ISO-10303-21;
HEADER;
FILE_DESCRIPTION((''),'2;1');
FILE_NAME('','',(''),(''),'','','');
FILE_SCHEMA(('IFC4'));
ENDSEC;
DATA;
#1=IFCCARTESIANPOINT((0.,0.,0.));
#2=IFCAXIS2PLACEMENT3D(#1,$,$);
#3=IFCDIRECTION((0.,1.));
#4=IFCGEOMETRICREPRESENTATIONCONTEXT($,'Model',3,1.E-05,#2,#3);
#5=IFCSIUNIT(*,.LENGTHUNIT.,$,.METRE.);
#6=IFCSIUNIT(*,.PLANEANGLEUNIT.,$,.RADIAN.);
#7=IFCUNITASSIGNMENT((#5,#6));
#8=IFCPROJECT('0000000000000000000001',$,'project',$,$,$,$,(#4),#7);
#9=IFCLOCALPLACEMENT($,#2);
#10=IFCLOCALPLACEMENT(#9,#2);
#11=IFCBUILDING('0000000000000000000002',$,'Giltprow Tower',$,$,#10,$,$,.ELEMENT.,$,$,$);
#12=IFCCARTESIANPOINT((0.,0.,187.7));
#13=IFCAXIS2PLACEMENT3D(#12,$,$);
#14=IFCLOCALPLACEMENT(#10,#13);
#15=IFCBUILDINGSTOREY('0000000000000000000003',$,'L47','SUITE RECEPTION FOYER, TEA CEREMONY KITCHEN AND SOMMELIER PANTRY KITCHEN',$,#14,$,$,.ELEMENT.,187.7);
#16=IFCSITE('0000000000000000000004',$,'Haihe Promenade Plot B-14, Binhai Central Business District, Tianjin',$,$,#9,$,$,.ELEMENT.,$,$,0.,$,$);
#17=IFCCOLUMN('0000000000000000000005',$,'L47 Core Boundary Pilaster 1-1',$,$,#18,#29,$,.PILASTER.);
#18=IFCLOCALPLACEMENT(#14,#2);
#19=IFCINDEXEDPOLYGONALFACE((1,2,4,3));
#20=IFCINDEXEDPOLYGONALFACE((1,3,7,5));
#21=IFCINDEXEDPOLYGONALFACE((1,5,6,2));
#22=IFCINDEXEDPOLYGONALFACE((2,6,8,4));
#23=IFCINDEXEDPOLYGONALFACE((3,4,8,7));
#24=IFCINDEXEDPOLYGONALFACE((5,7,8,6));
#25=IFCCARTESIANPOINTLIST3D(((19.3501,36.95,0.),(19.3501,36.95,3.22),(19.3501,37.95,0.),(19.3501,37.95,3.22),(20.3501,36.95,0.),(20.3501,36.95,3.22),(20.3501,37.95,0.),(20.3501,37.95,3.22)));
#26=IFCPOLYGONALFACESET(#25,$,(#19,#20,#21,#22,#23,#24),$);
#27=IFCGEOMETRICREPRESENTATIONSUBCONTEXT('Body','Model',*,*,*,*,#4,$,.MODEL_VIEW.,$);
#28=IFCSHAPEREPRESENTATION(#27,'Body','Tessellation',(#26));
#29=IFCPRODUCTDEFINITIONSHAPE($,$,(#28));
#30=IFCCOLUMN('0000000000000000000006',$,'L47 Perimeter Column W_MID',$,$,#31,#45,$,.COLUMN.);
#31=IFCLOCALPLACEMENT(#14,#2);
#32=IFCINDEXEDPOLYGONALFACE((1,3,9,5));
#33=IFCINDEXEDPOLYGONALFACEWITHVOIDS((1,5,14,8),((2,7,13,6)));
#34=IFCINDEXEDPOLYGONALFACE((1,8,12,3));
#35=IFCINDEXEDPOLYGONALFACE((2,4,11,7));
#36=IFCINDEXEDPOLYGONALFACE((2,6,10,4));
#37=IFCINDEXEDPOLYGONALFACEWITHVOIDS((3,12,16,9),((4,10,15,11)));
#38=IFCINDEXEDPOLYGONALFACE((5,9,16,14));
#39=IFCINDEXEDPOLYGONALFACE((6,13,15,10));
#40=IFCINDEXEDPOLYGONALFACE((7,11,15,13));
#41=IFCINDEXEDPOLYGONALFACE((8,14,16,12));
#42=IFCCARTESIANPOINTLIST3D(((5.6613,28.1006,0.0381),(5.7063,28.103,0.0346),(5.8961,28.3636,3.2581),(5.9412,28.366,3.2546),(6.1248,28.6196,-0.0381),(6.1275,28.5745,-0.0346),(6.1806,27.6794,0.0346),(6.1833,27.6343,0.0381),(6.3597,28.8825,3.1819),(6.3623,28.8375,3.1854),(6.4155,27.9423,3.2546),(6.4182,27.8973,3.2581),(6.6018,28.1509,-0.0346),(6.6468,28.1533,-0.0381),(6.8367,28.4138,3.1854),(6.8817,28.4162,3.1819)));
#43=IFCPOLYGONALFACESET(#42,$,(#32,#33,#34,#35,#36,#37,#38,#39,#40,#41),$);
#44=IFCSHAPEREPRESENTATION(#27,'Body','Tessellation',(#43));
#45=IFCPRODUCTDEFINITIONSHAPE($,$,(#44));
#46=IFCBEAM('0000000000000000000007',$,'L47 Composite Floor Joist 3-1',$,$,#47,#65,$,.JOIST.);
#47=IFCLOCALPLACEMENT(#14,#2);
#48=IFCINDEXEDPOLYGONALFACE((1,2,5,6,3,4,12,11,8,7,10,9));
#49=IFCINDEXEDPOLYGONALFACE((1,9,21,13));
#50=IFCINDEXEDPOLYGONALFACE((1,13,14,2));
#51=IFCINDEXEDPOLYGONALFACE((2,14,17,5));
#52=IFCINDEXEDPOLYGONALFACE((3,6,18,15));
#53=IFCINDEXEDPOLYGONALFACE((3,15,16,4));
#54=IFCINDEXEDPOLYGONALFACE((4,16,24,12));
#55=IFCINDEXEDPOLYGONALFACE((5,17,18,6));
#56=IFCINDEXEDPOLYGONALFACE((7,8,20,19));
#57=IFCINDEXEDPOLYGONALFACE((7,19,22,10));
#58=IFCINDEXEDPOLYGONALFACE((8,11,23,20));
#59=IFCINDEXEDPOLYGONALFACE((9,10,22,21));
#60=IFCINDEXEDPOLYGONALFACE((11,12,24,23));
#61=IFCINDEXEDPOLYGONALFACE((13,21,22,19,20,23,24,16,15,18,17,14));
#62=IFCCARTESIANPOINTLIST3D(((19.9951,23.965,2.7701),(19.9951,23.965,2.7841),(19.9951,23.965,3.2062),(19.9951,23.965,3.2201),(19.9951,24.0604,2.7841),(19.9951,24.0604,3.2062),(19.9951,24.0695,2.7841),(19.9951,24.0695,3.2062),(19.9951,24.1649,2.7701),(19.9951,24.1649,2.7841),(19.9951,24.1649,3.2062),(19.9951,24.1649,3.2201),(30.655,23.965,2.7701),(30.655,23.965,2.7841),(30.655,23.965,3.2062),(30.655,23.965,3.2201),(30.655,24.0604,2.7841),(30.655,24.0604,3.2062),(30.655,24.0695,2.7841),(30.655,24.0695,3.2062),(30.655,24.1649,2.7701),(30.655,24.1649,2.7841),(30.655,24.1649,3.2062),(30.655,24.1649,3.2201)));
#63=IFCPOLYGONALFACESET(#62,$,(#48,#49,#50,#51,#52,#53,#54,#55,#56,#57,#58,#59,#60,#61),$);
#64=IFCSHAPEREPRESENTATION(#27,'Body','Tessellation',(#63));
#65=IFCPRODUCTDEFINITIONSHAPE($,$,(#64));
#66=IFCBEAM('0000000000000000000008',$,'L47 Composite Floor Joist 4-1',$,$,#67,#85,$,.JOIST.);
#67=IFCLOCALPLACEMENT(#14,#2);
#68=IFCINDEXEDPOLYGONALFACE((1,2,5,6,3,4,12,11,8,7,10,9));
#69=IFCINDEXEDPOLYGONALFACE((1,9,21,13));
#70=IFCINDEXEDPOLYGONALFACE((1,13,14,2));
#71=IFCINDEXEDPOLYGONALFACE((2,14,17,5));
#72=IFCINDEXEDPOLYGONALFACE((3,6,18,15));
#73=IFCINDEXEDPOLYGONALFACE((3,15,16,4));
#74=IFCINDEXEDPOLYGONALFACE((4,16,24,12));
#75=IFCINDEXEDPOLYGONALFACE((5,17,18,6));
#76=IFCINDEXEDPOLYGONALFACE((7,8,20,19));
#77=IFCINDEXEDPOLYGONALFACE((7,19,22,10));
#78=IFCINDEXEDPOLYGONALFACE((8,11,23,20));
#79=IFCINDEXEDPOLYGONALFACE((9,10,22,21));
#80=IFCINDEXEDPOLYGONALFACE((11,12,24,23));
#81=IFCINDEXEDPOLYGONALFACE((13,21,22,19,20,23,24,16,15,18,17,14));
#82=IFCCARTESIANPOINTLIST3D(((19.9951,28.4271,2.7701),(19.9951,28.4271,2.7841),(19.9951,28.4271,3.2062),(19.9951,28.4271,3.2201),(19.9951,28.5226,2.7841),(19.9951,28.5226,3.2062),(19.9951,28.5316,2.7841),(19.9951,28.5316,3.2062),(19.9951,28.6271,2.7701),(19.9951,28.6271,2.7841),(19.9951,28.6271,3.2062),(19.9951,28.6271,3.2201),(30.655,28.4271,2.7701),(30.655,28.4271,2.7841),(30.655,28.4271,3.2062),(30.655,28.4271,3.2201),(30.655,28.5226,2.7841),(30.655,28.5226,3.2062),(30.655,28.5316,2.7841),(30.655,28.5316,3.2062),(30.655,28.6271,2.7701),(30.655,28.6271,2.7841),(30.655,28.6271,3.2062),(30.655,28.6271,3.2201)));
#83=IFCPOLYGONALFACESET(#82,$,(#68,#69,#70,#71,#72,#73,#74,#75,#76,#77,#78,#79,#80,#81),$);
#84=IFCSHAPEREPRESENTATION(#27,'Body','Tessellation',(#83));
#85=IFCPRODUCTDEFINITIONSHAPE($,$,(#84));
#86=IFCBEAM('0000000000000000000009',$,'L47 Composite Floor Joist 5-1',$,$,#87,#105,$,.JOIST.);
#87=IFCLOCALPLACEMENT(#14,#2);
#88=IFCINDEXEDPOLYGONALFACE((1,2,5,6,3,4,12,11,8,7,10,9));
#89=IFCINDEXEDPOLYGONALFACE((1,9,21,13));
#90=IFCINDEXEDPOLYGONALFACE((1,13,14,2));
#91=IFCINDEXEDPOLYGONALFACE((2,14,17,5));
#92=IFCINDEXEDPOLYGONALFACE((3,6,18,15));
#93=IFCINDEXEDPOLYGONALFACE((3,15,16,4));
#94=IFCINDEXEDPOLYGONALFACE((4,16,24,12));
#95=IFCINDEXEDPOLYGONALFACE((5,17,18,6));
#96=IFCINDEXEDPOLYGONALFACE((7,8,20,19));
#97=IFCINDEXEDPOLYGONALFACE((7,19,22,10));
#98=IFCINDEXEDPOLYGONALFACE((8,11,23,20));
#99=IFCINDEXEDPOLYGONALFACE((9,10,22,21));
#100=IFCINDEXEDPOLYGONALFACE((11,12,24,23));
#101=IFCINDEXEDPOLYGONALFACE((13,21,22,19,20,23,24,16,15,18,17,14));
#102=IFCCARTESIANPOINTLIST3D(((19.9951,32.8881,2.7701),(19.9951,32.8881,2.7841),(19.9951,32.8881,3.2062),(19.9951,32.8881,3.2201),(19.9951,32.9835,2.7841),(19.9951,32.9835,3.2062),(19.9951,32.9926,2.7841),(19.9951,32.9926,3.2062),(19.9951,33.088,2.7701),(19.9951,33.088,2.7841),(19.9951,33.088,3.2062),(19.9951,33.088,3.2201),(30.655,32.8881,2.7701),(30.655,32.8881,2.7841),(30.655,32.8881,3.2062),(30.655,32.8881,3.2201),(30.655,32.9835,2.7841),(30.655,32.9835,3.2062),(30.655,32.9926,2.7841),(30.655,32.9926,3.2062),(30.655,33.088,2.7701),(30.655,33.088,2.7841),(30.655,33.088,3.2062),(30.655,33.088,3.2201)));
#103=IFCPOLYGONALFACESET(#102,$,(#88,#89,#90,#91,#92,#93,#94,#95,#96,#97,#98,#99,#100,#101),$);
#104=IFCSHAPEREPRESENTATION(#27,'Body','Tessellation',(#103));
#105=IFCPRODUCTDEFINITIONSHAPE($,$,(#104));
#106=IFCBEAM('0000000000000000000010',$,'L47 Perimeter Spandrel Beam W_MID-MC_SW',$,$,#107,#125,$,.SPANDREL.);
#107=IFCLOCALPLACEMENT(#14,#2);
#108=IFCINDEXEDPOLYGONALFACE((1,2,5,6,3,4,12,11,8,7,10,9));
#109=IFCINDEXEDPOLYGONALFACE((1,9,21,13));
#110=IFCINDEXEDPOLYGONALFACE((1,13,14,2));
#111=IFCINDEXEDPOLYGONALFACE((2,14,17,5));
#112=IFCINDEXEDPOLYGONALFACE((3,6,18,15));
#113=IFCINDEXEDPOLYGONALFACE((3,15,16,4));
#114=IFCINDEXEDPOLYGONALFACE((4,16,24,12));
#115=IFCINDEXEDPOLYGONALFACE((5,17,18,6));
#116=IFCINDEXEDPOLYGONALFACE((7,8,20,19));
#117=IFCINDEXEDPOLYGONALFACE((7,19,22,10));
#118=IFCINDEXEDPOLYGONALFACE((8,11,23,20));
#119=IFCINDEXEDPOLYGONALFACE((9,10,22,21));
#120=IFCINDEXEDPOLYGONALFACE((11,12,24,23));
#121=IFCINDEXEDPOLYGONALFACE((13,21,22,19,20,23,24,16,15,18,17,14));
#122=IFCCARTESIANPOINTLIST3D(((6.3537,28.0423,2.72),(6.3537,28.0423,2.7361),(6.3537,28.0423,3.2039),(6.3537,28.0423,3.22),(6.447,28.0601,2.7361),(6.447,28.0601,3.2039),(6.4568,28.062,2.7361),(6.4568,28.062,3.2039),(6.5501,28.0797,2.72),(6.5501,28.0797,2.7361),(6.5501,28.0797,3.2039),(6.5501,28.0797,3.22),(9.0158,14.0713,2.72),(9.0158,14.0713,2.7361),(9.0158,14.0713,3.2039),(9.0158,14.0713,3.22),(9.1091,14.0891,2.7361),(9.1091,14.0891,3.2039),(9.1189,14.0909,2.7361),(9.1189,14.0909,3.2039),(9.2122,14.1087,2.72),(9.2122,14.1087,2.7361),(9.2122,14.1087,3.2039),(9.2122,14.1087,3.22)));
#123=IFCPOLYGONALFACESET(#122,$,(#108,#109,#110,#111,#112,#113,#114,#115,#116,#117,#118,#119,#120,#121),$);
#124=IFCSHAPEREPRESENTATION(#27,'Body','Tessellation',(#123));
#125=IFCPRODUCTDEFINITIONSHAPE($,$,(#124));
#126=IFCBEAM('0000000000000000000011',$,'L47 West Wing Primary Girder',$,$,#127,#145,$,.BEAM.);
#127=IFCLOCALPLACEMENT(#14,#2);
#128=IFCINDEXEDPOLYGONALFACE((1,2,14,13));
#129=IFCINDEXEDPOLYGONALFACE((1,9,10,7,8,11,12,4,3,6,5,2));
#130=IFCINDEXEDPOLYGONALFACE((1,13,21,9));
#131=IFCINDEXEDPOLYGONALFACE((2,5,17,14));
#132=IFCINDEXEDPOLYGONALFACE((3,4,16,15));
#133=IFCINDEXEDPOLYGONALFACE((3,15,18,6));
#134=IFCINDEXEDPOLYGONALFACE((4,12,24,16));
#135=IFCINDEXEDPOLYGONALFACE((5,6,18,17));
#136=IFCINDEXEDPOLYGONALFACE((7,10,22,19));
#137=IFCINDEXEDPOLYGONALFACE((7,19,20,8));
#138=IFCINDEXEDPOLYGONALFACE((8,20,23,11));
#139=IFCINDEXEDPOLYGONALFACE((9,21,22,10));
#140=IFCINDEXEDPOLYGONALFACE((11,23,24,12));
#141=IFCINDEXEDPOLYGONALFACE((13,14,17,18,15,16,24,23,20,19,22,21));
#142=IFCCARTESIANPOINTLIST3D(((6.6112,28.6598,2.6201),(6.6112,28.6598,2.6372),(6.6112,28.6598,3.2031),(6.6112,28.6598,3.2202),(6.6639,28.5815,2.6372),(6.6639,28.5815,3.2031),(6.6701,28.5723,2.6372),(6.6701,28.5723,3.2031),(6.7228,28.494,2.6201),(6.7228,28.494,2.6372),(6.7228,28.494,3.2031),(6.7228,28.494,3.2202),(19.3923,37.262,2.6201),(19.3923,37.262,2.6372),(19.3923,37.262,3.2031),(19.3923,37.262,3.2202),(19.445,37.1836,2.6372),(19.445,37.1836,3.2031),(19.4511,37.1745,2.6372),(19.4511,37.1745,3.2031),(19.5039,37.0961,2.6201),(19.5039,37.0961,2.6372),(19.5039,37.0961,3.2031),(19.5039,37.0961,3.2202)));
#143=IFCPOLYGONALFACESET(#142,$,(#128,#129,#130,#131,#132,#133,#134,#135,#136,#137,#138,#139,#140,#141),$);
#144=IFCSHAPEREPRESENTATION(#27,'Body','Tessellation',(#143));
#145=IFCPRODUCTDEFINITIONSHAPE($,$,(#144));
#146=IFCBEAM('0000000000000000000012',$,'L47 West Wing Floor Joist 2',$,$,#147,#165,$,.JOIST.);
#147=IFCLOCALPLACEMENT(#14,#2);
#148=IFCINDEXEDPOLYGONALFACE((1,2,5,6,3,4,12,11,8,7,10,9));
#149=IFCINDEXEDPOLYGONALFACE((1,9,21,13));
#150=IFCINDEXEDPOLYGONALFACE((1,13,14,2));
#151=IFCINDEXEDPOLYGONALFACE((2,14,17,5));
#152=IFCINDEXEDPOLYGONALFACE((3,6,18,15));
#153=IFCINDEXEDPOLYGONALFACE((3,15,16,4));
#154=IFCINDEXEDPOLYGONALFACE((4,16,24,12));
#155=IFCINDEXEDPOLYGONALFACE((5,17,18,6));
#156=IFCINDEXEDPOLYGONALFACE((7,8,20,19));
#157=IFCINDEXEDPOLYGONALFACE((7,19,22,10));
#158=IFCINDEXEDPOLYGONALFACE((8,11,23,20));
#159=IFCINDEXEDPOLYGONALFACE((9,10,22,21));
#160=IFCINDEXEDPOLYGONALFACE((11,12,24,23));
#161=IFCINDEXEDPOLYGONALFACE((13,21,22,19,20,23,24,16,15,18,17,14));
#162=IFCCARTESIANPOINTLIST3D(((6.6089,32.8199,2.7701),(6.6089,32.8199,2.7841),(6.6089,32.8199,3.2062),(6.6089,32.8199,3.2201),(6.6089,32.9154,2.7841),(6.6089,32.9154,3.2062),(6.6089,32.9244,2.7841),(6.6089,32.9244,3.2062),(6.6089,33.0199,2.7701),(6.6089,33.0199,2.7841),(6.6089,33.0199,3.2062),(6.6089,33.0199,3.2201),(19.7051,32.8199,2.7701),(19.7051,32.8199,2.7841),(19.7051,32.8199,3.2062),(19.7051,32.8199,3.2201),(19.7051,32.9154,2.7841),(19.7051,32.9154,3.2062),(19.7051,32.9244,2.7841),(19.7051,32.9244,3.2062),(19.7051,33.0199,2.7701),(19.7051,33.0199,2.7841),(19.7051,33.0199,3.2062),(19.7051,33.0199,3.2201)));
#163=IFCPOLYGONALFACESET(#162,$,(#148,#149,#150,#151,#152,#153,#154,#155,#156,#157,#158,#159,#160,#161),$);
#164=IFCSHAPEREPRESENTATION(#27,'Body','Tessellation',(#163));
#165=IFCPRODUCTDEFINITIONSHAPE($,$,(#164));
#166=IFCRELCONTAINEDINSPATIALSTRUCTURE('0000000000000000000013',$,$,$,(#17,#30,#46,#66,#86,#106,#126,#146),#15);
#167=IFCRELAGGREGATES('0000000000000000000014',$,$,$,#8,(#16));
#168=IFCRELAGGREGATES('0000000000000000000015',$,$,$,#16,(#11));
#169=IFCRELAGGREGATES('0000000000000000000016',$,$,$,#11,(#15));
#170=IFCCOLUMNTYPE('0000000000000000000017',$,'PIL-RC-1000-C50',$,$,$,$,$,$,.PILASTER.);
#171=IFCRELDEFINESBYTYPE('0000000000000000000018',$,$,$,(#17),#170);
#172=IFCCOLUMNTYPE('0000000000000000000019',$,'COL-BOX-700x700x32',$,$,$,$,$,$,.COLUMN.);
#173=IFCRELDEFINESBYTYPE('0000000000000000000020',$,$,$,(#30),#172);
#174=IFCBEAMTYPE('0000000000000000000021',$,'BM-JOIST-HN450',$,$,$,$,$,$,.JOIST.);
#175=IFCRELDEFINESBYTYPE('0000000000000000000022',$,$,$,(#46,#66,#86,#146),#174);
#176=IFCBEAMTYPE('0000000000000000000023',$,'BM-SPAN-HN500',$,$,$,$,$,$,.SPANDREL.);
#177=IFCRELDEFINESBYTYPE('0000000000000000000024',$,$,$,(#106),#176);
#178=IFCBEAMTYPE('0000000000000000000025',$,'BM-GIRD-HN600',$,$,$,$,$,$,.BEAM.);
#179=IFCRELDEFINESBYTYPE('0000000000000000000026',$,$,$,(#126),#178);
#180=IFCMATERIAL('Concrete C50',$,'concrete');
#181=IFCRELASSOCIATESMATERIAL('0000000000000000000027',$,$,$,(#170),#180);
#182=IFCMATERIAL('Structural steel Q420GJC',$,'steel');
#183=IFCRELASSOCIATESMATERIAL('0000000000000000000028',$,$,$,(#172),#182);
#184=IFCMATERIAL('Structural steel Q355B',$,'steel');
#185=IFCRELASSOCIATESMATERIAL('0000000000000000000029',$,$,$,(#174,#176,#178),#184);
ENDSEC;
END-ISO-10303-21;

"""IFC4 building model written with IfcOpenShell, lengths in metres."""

from ifc_helpers import new_model, si_unit, direction, frame, origin, origin_2d, place, context, subcontext, project, spatial, rectangle, hollow_rectangle, i_section, extrude, source, transform, mapped, material, material_profile, profile_set, type_object, element, save


model = new_model("IFC4")

# Units and contexts
model_context = context("Model", 3, precision=1e-05, world=origin(), true_north=direction((0.0, 1.0)))
body_context = subcontext(model_context, "Body", "Model", "MODEL_VIEW")
ifc_project = project(units=[si_unit("LENGTHUNIT", "METRE"), si_unit("PLANEANGLEUNIT", "RADIAN")], contexts=[model_context])

# Site, building, storey
site_placement = place(None, origin())
site = spatial("IfcSite", under=ifc_project, at=site_placement, Name="Haihe Promenade Plot B-14, Binhai Central Business District, Tianjin", CompositionType="ELEMENT", RefElevation=0.0)
building_placement = place(site_placement, origin())
building = spatial("IfcBuilding", under=site, at=building_placement, Name="Giltprow Tower", CompositionType="ELEMENT")
storey_placement = place(building_placement, frame((0.0, 0.0, 187.7)))
storey = spatial("IfcBuildingStorey", under=building, at=storey_placement, Name="L47", Description="SUITE RECEPTION FOYER, TEA CEREMONY KITCHEN AND SOMMELIER PANTRY KITCHEN", CompositionType="ELEMENT", Elevation=187.7)

# Columns
ifc_material_1 = material(Name="Concrete C50", Category="concrete")
ifc_material_profile_1 = material_profile(ifc_material_1, rectangle(XDim=1.0, YDim=1.0, at=origin_2d()), Name="RC 1000x1000")
ifc_profile_set_1 = profile_set([ifc_material_profile_1], Name="Concrete C50")
column_type_1 = type_object("IfcColumnType", Name="PIL-RC-1000-C50", PredefinedType="PILASTER", material=ifc_profile_set_1)
shared_shape_1 = source(origin(), body_context, "Body", "SweptSolid", [
    extrude(rectangle(XDim=1.0, YDim=1.0, at=origin_2d()), origin(), (0.0, 0.0, 1.0), 3.22),
])
column_1_placement = place(storey_placement, frame((19.8501, 37.45, 0.0), z_axis=(0.0, 0.0, 1.0), x_axis=(1.0, 0.0, 0.0)))
element("IfcColumn", 1, at=column_1_placement, inside=storey, type_object=column_type_1, Name="L47 Core Boundary Pilaster 1-1", PredefinedType="PILASTER", context=body_context, shape_type="MappedRepresentation", body=[
    mapped(shared_shape_1, transform((0.0, 0.0, 0.0), x_axis=(1.0, 0.0, 0.0), y_axis=(0.0, 1.0, 0.0), z_axis=(0.0, 0.0, 1.0), scale=1.0)),
])
ifc_material_2 = material(Name="Structural steel Q420GJC", Category="steel")
ifc_material_profile_2 = material_profile(ifc_material_2, hollow_rectangle(XDim=0.7, YDim=0.7, WallThickness=0.032, at=origin_2d()), Name="BOX 700x700x32")
ifc_profile_set_2 = profile_set([ifc_material_profile_2], Name="Structural steel Q420GJC")
column_type_2 = type_object("IfcColumnType", Name="COL-BOX-700x700x32", PredefinedType="COLUMN", material=ifc_profile_set_2)
shared_shape_2 = source(origin(), body_context, "Body", "SweptSolid", [
    extrude(hollow_rectangle(XDim=0.7, YDim=0.7, WallThickness=0.032, at=origin_2d()), origin(), (0.0, 0.0, 1.0), 3.2393),
])
column_2_placement = place(storey_placement, frame((6.1541, 28.127, 0.0), z_axis=(0.072506, 0.081174, 0.994059), x_axis=(-0.745802, 0.666167, 0.0)))
element("IfcColumn", 2, at=column_2_placement, inside=storey, type_object=column_type_2, Name="L47 Perimeter Column W_MID", PredefinedType="COLUMN", context=body_context, shape_type="MappedRepresentation", body=[
    mapped(shared_shape_2, transform((0.0, 0.0, 0.0), x_axis=(1.0, 0.0, 0.0), y_axis=(0.0, 1.0, 0.0), z_axis=(0.0, 0.0, 1.0), scale=1.0)),
])

# Beams
ifc_material_3 = material(Name="Structural steel Q355B", Category="steel")
ifc_material_profile_3 = material_profile(ifc_material_3, i_section(OverallWidth=0.2, OverallDepth=0.45, WebThickness=0.009, FlangeThickness=0.0139, at=origin_2d()), Name="HN 450x200x9x14")
ifc_profile_set_3 = profile_set([ifc_material_profile_3], Name="Structural steel Q355B")
beam_type_1 = type_object("IfcBeamType", Name="BM-JOIST-HN450", PredefinedType="JOIST", material=ifc_profile_set_3)
shared_shape_3 = source(origin(), body_context, "Body", "SweptSolid", [
    extrude(i_section(OverallWidth=0.2, OverallDepth=0.45, WebThickness=0.009, FlangeThickness=0.0139, at=origin_2d()), origin(), (0.0, 0.0, 1.0), 10.6599),
])
for number, where, z_axis, x_axis, name in (
    (3, (19.9951, 24.0649, 2.9951), (1.0, 0.0, 0.0), (0.0, 1.0, 0.0), "L47 Composite Floor Joist 3-1"),
    (4, (19.9951, 28.5271, 2.9951), (1.0, 0.0, 0.0), (0.0, 1.0, 0.0), "L47 Composite Floor Joist 4-1"),
    (5, (19.9951, 32.988, 2.9951), (1.0, 0.0, 0.0), (0.0, 1.0, 0.0), "L47 Composite Floor Joist 5-1"),
):
    element("IfcBeam", number, at=place(storey_placement, frame(where, z_axis=z_axis, x_axis=x_axis)), inside=storey, type_object=beam_type_1, Name=name, PredefinedType="JOIST", context=body_context, shape_type="MappedRepresentation", body=[
        mapped(shared_shape_3, transform((0.0, 0.0, 0.0), x_axis=(1.0, 0.0, 0.0), y_axis=(0.0, 1.0, 0.0), z_axis=(0.0, 0.0, 1.0), scale=1.0)),
    ])
ifc_material_profile_4 = material_profile(ifc_material_3, i_section(OverallWidth=0.2, OverallDepth=0.5, WebThickness=0.01, FlangeThickness=0.0161, at=origin_2d()), Name="HN 500x200x10x16")
ifc_profile_set_4 = profile_set([ifc_material_profile_4], Name="Structural steel Q355B")
beam_type_2 = type_object("IfcBeamType", Name="BM-SPAN-HN500", PredefinedType="SPANDREL", material=ifc_profile_set_4)
shared_shape_4 = source(origin(), body_context, "Body", "SweptSolid", [
    extrude(i_section(OverallWidth=0.2, OverallDepth=0.5, WebThickness=0.01, FlangeThickness=0.0161, at=origin_2d()), origin(), (0.0, 0.0, 1.0), 14.2224),
])
beam_1_placement = place(storey_placement, frame((6.4519, 28.061, 2.97), z_axis=(0.187178, -0.982326, 0.0), x_axis=(0.982326, 0.187178, 0.0)))
element("IfcBeam", 6, at=beam_1_placement, inside=storey, type_object=beam_type_2, Name="L47 Perimeter Spandrel Beam W_MID-MC_SW", PredefinedType="SPANDREL", context=body_context, shape_type="MappedRepresentation", body=[
    mapped(shared_shape_4, transform((0.0, 0.0, 0.0), x_axis=(1.0, 0.0, 0.0), y_axis=(0.0, 1.0, 0.0), z_axis=(0.0, 0.0, 1.0), scale=1.0)),
])
ifc_material_profile_5 = material_profile(ifc_material_3, i_section(OverallWidth=0.2, OverallDepth=0.6001, WebThickness=0.011, FlangeThickness=0.0171, at=origin_2d()), Name="HN 600x200x11x17")
ifc_profile_set_5 = profile_set([ifc_material_profile_5], Name="Structural steel Q355B")
beam_type_3 = type_object("IfcBeamType", Name="BM-GIRD-HN600", PredefinedType="BEAM", material=ifc_profile_set_5)
shared_shape_5 = source(origin(), body_context, "Body", "SweptSolid", [
    extrude(i_section(OverallWidth=0.2, OverallDepth=0.6001, WebThickness=0.011, FlangeThickness=0.0171, at=origin_2d()), origin(), (0.0, 0.0, 1.0), 15.4062),
])
beam_2_placement = place(storey_placement, frame((6.667, 28.5769, 2.9202), z_axis=(0.829604, 0.558352, 0.0), x_axis=(-0.558352, 0.829604, 0.0)))
element("IfcBeam", 7, at=beam_2_placement, inside=storey, type_object=beam_type_3, Name="L47 West Wing Primary Girder", PredefinedType="BEAM", context=body_context, shape_type="MappedRepresentation", body=[
    mapped(shared_shape_5, transform((0.0, 0.0, 0.0), x_axis=(1.0, 0.0, 0.0), y_axis=(0.0, 1.0, 0.0), z_axis=(0.0, 0.0, 1.0), scale=1.0)),
])
shared_shape_6 = source(origin(), body_context, "Body", "SweptSolid", [
    extrude(i_section(OverallWidth=0.2, OverallDepth=0.45, WebThickness=0.009, FlangeThickness=0.0139, at=origin_2d()), origin(), (0.0, 0.0, 1.0), 13.0962),
])
beam_3_placement = place(storey_placement, frame((6.6089, 32.9199, 2.9951), z_axis=(1.0, 0.0, 0.0), x_axis=(0.0, 1.0, 0.0)))
element("IfcBeam", 8, at=beam_3_placement, inside=storey, type_object=beam_type_1, Name="L47 West Wing Floor Joist 2", PredefinedType="JOIST", context=body_context, shape_type="MappedRepresentation", body=[
    mapped(shared_shape_6, transform((0.0, 0.0, 0.0), x_axis=(1.0, 0.0, 0.0), y_axis=(0.0, 1.0, 0.0), z_axis=(0.0, 0.0, 1.0), scale=1.0)),
])

save(model, "model.ifc")
